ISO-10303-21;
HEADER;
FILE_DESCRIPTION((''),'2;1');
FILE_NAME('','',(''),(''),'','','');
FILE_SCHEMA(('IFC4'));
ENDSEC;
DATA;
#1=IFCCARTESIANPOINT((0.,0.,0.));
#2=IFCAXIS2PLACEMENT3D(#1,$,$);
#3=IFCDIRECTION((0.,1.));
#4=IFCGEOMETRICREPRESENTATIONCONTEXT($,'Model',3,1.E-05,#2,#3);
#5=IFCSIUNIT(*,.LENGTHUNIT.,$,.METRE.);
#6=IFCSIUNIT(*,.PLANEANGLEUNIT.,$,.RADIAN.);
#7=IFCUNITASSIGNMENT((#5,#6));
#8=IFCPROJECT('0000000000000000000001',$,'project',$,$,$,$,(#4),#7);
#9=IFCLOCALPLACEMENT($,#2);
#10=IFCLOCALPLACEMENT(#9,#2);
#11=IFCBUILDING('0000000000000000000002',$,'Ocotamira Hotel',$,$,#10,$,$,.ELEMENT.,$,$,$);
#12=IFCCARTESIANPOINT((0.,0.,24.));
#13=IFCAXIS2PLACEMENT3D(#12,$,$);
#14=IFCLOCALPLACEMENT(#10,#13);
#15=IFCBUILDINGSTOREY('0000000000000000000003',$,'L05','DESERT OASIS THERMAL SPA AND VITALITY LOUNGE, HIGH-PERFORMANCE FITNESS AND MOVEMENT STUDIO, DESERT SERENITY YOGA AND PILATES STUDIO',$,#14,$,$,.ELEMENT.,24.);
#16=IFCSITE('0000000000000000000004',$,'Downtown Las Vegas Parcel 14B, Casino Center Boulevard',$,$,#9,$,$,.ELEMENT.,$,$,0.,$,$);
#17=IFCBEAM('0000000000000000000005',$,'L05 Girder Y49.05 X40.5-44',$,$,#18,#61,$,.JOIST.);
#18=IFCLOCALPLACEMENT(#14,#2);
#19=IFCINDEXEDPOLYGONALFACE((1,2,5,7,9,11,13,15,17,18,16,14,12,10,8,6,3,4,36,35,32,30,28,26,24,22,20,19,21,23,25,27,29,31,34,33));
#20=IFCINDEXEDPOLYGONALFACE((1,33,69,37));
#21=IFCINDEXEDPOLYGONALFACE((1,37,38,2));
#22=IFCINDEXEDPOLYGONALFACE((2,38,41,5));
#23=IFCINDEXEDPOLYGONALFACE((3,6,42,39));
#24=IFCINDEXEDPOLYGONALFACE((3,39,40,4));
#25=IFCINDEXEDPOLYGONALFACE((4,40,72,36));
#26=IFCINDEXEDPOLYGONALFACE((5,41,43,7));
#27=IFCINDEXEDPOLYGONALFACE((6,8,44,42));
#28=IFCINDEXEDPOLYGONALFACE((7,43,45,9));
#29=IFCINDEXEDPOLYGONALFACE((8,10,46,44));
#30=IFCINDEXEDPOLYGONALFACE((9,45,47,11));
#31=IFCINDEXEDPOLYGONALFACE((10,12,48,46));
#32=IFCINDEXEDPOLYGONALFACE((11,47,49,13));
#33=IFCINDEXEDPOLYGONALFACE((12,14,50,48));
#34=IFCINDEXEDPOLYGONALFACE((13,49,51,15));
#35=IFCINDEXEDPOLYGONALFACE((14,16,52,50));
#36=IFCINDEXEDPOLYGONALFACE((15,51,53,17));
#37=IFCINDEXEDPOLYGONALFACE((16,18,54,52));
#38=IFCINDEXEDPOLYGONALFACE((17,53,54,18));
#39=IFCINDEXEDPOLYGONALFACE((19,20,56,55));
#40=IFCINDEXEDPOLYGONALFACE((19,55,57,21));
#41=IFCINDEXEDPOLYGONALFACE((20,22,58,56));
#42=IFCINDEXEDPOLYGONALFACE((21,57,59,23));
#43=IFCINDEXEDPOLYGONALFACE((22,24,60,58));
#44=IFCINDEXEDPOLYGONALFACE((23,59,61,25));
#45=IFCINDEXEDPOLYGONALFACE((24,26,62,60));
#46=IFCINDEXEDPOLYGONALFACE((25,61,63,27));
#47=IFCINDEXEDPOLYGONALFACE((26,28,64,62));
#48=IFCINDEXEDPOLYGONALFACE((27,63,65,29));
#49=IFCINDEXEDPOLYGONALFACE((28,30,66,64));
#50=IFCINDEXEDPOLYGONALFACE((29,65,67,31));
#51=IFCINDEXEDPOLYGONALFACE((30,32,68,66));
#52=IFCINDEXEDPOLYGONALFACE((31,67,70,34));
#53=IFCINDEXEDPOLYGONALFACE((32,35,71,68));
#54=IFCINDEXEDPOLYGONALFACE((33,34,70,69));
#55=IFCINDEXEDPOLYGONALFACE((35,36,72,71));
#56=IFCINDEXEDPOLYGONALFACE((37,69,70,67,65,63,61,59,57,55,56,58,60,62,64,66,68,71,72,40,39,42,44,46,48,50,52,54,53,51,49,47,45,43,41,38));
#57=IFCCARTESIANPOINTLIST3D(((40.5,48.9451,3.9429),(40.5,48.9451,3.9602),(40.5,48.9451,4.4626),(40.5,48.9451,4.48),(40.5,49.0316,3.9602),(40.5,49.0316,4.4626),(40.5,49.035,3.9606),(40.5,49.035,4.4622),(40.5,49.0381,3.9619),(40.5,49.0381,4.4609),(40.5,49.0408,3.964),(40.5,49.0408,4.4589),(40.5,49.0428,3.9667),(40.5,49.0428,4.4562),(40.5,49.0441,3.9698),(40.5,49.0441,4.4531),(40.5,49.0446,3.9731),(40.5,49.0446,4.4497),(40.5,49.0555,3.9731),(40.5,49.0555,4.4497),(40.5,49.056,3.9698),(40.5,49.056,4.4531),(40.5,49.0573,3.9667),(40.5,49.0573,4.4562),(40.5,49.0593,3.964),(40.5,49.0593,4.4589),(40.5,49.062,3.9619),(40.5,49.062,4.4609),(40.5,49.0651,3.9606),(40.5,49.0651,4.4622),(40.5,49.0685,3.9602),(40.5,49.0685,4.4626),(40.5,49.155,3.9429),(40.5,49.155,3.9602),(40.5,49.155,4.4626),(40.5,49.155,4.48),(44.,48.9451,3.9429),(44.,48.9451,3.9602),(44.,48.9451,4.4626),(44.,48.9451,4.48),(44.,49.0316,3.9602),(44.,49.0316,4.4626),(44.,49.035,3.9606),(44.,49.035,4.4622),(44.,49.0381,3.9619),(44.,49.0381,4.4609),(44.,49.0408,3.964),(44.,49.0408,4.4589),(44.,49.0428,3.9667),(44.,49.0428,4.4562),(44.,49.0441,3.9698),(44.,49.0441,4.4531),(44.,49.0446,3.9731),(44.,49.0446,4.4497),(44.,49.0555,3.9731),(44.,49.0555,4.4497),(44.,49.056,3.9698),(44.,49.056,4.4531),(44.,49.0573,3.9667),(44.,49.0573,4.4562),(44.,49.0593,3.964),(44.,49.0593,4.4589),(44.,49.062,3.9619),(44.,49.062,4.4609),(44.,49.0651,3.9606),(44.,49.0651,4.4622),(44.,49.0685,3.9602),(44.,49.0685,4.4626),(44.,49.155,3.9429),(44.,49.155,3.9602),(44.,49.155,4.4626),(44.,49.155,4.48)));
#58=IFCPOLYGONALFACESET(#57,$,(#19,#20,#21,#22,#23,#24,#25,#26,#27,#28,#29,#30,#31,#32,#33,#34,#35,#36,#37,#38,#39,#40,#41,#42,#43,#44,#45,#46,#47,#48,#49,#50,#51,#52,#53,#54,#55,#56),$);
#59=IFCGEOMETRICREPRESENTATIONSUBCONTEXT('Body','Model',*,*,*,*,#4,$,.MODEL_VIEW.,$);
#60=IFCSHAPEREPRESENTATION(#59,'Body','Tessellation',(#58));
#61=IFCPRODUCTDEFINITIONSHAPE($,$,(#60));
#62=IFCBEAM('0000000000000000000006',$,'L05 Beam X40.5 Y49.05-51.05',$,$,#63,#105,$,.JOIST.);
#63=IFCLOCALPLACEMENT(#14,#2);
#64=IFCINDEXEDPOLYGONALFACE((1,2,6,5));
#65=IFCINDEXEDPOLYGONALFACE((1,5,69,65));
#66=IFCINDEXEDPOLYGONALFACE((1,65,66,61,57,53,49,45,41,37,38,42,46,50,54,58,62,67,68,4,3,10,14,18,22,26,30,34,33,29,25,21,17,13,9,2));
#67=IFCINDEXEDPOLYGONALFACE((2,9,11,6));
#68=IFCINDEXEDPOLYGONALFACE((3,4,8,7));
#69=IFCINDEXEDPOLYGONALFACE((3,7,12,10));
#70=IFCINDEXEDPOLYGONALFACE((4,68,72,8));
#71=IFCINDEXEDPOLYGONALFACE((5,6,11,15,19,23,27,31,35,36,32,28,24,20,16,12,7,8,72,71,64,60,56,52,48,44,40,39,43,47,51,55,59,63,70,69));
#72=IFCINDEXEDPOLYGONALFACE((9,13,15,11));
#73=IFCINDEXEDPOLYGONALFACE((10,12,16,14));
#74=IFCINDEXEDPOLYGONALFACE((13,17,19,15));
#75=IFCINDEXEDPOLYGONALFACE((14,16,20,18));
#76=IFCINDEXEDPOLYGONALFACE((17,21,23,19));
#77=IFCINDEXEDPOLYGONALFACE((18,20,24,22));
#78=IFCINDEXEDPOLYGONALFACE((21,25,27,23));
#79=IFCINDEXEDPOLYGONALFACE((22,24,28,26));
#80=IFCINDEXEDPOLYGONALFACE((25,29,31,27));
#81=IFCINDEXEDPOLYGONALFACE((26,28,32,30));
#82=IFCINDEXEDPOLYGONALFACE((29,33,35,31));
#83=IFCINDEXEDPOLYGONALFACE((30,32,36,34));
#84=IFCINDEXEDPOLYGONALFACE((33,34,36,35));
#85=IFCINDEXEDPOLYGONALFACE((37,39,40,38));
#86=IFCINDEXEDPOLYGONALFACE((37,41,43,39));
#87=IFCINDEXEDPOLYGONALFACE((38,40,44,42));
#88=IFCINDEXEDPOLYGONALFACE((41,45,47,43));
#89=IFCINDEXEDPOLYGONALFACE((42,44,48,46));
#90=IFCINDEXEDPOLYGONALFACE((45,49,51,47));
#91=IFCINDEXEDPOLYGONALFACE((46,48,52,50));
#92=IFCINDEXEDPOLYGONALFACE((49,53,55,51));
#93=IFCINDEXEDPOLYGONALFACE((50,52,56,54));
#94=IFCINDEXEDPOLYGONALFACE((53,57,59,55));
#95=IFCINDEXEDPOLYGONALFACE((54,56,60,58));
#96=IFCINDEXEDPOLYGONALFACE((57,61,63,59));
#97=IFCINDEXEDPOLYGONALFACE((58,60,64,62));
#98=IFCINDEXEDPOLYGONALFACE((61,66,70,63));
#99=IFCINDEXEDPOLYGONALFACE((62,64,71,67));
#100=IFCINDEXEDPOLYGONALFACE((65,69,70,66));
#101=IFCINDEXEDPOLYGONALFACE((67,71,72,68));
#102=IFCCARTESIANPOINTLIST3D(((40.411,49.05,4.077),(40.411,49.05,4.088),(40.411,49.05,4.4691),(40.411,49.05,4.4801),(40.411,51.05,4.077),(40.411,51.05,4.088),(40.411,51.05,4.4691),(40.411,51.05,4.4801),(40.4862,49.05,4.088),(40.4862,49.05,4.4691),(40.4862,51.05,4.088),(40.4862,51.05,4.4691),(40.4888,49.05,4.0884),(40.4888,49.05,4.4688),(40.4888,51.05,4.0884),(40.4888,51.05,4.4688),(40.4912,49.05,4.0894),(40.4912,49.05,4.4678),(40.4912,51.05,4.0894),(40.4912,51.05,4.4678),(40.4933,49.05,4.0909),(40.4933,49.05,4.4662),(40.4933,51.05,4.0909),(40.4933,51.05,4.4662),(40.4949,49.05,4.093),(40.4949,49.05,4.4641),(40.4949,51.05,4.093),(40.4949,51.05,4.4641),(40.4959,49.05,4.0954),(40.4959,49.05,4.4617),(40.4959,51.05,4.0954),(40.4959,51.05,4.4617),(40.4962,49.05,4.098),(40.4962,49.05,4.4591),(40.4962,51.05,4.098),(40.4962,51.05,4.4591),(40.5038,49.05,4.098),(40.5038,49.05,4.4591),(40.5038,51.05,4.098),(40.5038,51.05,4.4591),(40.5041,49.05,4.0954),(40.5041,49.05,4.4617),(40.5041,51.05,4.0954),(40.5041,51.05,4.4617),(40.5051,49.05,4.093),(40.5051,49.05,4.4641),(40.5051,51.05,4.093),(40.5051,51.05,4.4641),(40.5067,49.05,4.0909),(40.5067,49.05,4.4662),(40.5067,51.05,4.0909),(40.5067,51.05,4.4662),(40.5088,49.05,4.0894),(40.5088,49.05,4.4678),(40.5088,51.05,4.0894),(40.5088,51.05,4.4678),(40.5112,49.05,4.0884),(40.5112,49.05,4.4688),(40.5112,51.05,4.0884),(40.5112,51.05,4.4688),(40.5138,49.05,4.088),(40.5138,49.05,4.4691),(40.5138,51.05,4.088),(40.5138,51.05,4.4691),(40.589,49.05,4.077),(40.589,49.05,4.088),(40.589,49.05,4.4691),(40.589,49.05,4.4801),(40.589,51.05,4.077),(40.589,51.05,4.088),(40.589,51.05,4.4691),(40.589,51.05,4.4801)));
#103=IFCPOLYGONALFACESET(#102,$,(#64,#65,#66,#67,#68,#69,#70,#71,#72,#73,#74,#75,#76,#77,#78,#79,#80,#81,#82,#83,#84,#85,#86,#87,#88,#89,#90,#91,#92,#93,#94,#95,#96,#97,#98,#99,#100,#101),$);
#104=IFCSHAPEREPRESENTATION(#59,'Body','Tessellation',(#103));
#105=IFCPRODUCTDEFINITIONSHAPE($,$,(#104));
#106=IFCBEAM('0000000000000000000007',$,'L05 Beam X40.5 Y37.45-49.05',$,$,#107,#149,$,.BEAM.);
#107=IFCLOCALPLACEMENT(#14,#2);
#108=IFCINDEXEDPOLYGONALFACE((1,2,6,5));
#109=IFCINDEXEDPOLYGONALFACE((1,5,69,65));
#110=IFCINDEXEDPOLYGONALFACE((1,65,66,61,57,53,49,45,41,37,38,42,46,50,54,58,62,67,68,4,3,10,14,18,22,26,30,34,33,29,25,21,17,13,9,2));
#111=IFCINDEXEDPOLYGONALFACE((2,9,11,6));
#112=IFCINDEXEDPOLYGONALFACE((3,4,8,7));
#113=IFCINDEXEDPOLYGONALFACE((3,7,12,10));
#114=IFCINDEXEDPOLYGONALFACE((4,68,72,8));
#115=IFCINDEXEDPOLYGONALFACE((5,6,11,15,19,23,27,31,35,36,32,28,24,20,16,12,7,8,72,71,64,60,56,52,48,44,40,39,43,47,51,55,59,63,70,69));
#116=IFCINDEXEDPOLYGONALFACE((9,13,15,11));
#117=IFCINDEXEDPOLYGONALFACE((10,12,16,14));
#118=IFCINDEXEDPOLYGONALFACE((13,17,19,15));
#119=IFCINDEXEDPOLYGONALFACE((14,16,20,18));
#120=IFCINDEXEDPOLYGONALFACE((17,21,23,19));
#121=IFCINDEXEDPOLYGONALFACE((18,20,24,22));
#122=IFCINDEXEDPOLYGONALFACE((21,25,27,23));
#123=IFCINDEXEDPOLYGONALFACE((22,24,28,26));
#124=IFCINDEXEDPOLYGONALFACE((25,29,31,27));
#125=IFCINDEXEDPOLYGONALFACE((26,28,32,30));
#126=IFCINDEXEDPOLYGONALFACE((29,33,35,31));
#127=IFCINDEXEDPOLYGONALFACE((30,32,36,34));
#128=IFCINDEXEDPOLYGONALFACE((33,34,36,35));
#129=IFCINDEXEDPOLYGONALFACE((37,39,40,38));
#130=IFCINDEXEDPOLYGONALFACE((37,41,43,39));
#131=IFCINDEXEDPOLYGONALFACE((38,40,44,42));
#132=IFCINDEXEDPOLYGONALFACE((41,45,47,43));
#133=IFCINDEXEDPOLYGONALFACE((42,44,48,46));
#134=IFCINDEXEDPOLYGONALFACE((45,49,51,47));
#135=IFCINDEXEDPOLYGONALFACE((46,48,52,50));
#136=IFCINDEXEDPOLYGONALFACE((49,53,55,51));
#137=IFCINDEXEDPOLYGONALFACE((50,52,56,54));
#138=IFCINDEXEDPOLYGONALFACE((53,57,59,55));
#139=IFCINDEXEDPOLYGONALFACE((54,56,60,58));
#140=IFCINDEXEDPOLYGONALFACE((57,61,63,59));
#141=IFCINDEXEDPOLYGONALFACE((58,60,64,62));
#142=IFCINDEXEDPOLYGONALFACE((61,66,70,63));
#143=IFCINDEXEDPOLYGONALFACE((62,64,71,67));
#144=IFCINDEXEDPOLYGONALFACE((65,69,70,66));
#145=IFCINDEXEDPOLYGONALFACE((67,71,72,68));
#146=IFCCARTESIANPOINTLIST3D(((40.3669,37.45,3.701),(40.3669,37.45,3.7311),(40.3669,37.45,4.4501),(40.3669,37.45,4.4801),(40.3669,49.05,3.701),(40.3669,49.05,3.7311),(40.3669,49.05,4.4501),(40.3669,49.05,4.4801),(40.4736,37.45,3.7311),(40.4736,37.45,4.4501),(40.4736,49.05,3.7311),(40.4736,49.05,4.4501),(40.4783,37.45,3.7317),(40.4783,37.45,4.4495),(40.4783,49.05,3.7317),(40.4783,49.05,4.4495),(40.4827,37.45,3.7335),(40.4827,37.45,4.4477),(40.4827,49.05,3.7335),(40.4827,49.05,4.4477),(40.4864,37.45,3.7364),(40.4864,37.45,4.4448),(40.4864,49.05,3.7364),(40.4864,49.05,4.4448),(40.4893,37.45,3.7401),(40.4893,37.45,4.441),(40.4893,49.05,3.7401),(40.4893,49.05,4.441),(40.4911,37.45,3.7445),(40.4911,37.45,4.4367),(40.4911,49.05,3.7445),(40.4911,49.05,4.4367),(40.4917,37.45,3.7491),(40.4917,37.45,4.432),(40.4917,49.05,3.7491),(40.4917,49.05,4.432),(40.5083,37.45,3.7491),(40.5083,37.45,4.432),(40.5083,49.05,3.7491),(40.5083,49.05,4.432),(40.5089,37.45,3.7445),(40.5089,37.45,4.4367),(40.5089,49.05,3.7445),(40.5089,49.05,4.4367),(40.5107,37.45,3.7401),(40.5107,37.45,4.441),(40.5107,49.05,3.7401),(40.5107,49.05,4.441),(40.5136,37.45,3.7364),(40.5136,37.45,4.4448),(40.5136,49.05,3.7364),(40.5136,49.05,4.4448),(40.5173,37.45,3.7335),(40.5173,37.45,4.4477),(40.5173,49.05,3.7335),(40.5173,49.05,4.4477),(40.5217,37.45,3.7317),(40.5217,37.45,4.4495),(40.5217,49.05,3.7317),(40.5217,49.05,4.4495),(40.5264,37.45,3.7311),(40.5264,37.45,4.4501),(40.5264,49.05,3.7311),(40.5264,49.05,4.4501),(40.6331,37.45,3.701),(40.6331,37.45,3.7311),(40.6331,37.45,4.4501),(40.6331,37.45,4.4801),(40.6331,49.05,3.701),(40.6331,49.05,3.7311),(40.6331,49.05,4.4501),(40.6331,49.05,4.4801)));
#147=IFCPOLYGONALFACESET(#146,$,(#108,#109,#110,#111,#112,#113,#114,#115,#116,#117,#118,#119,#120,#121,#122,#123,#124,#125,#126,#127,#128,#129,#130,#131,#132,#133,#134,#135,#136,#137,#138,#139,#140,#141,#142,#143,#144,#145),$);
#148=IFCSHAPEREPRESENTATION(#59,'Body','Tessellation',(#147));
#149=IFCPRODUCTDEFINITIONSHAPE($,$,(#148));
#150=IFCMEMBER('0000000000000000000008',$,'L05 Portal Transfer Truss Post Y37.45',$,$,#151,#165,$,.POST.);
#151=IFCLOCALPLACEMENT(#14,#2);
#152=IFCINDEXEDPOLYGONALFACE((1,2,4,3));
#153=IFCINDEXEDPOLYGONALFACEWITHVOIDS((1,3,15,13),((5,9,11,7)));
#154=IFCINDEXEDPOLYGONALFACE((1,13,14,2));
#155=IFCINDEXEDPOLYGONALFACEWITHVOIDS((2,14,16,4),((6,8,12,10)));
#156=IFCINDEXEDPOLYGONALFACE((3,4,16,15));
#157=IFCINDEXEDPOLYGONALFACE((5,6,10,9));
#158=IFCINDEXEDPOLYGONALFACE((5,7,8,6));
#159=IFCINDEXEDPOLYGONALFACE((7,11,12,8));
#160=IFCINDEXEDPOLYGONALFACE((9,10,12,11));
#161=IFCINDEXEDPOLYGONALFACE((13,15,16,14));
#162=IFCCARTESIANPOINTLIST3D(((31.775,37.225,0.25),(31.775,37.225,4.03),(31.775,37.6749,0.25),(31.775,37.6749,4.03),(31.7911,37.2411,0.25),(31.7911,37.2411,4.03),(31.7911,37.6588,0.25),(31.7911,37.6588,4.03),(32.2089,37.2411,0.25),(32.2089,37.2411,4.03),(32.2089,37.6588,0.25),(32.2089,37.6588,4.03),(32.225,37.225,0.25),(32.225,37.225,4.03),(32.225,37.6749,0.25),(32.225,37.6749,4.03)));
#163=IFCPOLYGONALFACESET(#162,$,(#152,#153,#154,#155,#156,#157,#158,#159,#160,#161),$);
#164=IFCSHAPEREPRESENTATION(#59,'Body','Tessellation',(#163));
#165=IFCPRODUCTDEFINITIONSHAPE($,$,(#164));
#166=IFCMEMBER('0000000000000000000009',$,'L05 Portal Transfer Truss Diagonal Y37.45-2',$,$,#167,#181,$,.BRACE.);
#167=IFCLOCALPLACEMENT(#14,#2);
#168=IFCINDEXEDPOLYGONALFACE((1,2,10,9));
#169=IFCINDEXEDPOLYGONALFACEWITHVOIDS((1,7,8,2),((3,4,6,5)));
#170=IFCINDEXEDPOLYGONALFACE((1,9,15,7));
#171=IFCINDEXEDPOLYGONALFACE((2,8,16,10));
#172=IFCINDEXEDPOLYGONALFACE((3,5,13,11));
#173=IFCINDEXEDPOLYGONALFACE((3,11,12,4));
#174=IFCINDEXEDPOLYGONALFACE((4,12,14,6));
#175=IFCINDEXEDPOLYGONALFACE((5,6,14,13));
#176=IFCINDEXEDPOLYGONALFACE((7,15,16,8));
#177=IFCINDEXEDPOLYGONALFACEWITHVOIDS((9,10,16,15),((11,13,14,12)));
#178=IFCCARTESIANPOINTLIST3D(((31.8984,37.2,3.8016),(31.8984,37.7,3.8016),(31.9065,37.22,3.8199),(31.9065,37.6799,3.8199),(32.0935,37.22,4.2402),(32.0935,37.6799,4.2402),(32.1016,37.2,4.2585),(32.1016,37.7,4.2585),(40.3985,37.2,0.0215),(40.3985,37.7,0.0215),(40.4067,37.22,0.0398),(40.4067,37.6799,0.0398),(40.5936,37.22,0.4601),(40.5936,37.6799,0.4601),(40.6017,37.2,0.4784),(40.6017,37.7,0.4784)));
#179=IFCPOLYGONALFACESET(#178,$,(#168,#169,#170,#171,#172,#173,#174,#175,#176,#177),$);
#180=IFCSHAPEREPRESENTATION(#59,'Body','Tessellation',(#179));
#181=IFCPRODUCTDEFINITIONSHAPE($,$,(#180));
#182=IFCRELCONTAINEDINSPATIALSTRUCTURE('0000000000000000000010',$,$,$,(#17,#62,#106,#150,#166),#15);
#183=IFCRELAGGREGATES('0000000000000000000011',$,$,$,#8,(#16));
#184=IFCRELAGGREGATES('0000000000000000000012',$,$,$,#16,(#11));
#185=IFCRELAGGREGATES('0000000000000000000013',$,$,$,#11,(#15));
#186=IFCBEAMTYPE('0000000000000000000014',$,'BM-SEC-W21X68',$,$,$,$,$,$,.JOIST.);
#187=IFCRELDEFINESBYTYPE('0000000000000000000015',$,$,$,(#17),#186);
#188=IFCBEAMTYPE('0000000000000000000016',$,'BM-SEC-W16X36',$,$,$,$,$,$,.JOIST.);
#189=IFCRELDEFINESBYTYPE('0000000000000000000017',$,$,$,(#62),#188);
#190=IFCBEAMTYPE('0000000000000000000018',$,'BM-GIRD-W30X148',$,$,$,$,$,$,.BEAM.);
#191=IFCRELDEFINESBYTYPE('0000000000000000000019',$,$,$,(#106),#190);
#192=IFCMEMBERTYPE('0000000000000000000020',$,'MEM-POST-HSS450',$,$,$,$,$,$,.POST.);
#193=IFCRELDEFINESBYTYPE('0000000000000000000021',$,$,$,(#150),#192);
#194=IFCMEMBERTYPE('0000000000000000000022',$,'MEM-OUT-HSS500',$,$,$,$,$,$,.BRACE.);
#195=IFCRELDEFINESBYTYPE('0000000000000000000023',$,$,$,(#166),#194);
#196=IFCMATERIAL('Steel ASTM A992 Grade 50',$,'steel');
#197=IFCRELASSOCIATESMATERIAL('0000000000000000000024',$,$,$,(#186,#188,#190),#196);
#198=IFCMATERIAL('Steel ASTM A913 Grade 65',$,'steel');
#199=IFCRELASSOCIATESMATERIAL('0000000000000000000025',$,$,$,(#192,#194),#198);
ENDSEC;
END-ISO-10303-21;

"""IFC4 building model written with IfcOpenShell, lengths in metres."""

from ifc_helpers import new_model, si_unit, direction, frame, origin, origin_2d, place, context, subcontext, project, spatial, hollow_rectangle, i_section, extrude, source, transform, mapped, material, material_profile, profile_set, type_object, element, save


model = new_model("IFC4")

# Units and contexts
model_context = context("Model", 3, precision=1e-05, world=origin(), true_north=direction((0.0, 1.0)))
body_context = subcontext(model_context, "Body", "Model", "MODEL_VIEW")
ifc_project = project(units=[si_unit("LENGTHUNIT", "METRE"), si_unit("PLANEANGLEUNIT", "RADIAN")], contexts=[model_context])

# Site, building, storey
site_placement = place(None, origin())
site = spatial("IfcSite", under=ifc_project, at=site_placement, Name="Downtown Las Vegas Parcel 14B, Casino Center Boulevard", CompositionType="ELEMENT", RefElevation=0.0)
building_placement = place(site_placement, origin())
building = spatial("IfcBuilding", under=site, at=building_placement, Name="Ocotamira Hotel", CompositionType="ELEMENT")
storey_placement = place(building_placement, frame((0.0, 0.0, 24.0)))
storey = spatial("IfcBuildingStorey", under=building, at=storey_placement, Name="L05", Description="DESERT OASIS THERMAL SPA AND VITALITY LOUNGE, HIGH-PERFORMANCE FITNESS AND MOVEMENT STUDIO, DESERT SERENITY YOGA AND PILATES STUDIO", CompositionType="ELEMENT", Elevation=24.0)

# Beams
ifc_material_1 = material(Name="Steel ASTM A992 Grade 50", Category="steel")
ifc_material_profile_1 = material_profile(ifc_material_1, i_section(OverallWidth=0.21, OverallDepth=0.5371, WebThickness=0.011, FlangeThickness=0.0173, FilletRadius=0.0129, at=origin_2d()), Name="W21X68")
ifc_profile_set_1 = profile_set([ifc_material_profile_1], Name="Steel ASTM A992 Grade 50")
beam_type_1 = type_object("IfcBeamType", Name="BM-SEC-W21X68", PredefinedType="JOIST", material=ifc_profile_set_1)
shared_shape_1 = source(origin(), body_context, "Body", "SweptSolid", [
    extrude(i_section(OverallWidth=0.21, OverallDepth=0.5371, WebThickness=0.011, FlangeThickness=0.0173, FilletRadius=0.0129, at=origin_2d()), origin(), (0.0, 0.0, 1.0), 3.5),
])
beam_1_placement = place(storey_placement, frame((40.5, 49.05, 4.2114), z_axis=(1.0, 0.0, 0.0), x_axis=(0.0, 1.0, 0.0)))
element("IfcBeam", 1, at=beam_1_placement, inside=storey, type_object=beam_type_1, Name="L05 Girder Y49.05 X40.5-44", PredefinedType="JOIST", context=body_context, shape_type="MappedRepresentation", body=[
    mapped(shared_shape_1, transform((0.0, 0.0, 0.0), scale=1.0)),
])
ifc_material_profile_2 = material_profile(ifc_material_1, i_section(OverallWidth=0.178, OverallDepth=0.4031, WebThickness=0.0076, FlangeThickness=0.011, FilletRadius=0.01, at=origin_2d()), Name="W16X36")
ifc_profile_set_2 = profile_set([ifc_material_profile_2], Name="Steel ASTM A992 Grade 50")
beam_type_2 = type_object("IfcBeamType", Name="BM-SEC-W16X36", PredefinedType="JOIST", material=ifc_profile_set_2)
shared_shape_2 = source(origin(), body_context, "Body", "SweptSolid", [
    extrude(i_section(OverallWidth=0.178, OverallDepth=0.4031, WebThickness=0.0076, FlangeThickness=0.011, FilletRadius=0.01, at=origin_2d()), origin(), (0.0, 0.0, 1.0), 2.0),
])
beam_2_placement = place(storey_placement, frame((40.5, 49.05, 4.2786), z_axis=(0.0, 1.0, 0.0), x_axis=(-1.0, 0.0, 0.0)))
element("IfcBeam", 2, at=beam_2_placement, inside=storey, type_object=beam_type_2, Name="L05 Beam X40.5 Y49.05-51.05", PredefinedType="JOIST", context=body_context, shape_type="MappedRepresentation", body=[
    mapped(shared_shape_2, transform((0.0, 0.0, 0.0), scale=1.0)),
])
ifc_material_profile_3 = material_profile(ifc_material_1, i_section(OverallWidth=0.2661, OverallDepth=0.7791, WebThickness=0.0166, FlangeThickness=0.03, FilletRadius=0.0181, at=origin_2d()), Name="W30X148")
ifc_profile_set_3 = profile_set([ifc_material_profile_3], Name="Steel ASTM A992 Grade 50")
beam_type_3 = type_object("IfcBeamType", Name="BM-GIRD-W30X148", PredefinedType="BEAM", material=ifc_profile_set_3)
shared_shape_3 = source(origin(), body_context, "Body", "SweptSolid", [
    extrude(i_section(OverallWidth=0.2661, OverallDepth=0.7791, WebThickness=0.0166, FlangeThickness=0.03, FilletRadius=0.0181, at=origin_2d()), origin(), (0.0, 0.0, 1.0), 11.6001),
])
beam_3_placement = place(storey_placement, frame((40.5, 37.45, 4.0906), z_axis=(0.0, 1.0, 0.0), x_axis=(-1.0, 0.0, 0.0)))
element("IfcBeam", 3, at=beam_3_placement, inside=storey, type_object=beam_type_3, Name="L05 Beam X40.5 Y37.45-49.05", PredefinedType="BEAM", context=body_context, shape_type="MappedRepresentation", body=[
    mapped(shared_shape_3, transform((0.0, 0.0, 0.0), scale=1.0)),
])

# Members
ifc_material_2 = material(Name="Steel ASTM A913 Grade 65", Category="steel")
ifc_material_profile_4 = material_profile(ifc_material_2, hollow_rectangle(XDim=0.45, YDim=0.45, WallThickness=0.0161, at=origin_2d()), Name="HSS450X450X16")
ifc_profile_set_4 = profile_set([ifc_material_profile_4], Name="Steel ASTM A913 Grade 65")
member_type_1 = type_object("IfcMemberType", Name="MEM-POST-HSS450", PredefinedType="POST", material=ifc_profile_set_4)
shared_shape_4 = source(origin(), body_context, "Body", "SweptSolid", [
    extrude(hollow_rectangle(XDim=0.45, YDim=0.45, WallThickness=0.0161, at=origin_2d()), origin(), (0.0, 0.0, 1.0), 3.78),
])
member_1_placement = place(storey_placement, frame((32.0, 37.45, 0.25), z_axis=(0.0, 0.0, 1.0), x_axis=(1.0, 0.0, 0.0)))
element("IfcMember", 4, at=member_1_placement, inside=storey, type_object=member_type_1, Name="L05 Portal Transfer Truss Post Y37.45", PredefinedType="POST", context=body_context, shape_type="MappedRepresentation", body=[
    mapped(shared_shape_4, transform((0.0, 0.0, 0.0), scale=1.0)),
])
ifc_material_profile_5 = material_profile(ifc_material_2, hollow_rectangle(XDim=0.5, YDim=0.5, WallThickness=0.02, at=origin_2d()), Name="HSS500X500X20")
ifc_profile_set_5 = profile_set([ifc_material_profile_5], Name="Steel ASTM A913 Grade 65")
member_type_2 = type_object("IfcMemberType", Name="MEM-OUT-HSS500", PredefinedType="BRACE", material=ifc_profile_set_5)
shared_shape_5 = source(origin(), body_context, "Body", "SweptSolid", [
    extrude(hollow_rectangle(XDim=0.5, YDim=0.5, WallThickness=0.02, at=origin_2d()), origin(), (0.0, 0.0, 1.0), 9.3027),
])
member_2_placement = place(storey_placement, frame((32.0, 37.45, 4.03), z_axis=(0.913722, 0.0, -0.406341), x_axis=(0.0, 1.0, 0.0)))
element("IfcMember", 5, at=member_2_placement, inside=storey, type_object=member_type_2, Name="L05 Portal Transfer Truss Diagonal Y37.45-2", PredefinedType="BRACE", context=body_context, shape_type="MappedRepresentation", body=[
    mapped(shared_shape_5, transform((0.0, 0.0, 0.0), scale=1.0)),
])

save(model, "model.ifc")
